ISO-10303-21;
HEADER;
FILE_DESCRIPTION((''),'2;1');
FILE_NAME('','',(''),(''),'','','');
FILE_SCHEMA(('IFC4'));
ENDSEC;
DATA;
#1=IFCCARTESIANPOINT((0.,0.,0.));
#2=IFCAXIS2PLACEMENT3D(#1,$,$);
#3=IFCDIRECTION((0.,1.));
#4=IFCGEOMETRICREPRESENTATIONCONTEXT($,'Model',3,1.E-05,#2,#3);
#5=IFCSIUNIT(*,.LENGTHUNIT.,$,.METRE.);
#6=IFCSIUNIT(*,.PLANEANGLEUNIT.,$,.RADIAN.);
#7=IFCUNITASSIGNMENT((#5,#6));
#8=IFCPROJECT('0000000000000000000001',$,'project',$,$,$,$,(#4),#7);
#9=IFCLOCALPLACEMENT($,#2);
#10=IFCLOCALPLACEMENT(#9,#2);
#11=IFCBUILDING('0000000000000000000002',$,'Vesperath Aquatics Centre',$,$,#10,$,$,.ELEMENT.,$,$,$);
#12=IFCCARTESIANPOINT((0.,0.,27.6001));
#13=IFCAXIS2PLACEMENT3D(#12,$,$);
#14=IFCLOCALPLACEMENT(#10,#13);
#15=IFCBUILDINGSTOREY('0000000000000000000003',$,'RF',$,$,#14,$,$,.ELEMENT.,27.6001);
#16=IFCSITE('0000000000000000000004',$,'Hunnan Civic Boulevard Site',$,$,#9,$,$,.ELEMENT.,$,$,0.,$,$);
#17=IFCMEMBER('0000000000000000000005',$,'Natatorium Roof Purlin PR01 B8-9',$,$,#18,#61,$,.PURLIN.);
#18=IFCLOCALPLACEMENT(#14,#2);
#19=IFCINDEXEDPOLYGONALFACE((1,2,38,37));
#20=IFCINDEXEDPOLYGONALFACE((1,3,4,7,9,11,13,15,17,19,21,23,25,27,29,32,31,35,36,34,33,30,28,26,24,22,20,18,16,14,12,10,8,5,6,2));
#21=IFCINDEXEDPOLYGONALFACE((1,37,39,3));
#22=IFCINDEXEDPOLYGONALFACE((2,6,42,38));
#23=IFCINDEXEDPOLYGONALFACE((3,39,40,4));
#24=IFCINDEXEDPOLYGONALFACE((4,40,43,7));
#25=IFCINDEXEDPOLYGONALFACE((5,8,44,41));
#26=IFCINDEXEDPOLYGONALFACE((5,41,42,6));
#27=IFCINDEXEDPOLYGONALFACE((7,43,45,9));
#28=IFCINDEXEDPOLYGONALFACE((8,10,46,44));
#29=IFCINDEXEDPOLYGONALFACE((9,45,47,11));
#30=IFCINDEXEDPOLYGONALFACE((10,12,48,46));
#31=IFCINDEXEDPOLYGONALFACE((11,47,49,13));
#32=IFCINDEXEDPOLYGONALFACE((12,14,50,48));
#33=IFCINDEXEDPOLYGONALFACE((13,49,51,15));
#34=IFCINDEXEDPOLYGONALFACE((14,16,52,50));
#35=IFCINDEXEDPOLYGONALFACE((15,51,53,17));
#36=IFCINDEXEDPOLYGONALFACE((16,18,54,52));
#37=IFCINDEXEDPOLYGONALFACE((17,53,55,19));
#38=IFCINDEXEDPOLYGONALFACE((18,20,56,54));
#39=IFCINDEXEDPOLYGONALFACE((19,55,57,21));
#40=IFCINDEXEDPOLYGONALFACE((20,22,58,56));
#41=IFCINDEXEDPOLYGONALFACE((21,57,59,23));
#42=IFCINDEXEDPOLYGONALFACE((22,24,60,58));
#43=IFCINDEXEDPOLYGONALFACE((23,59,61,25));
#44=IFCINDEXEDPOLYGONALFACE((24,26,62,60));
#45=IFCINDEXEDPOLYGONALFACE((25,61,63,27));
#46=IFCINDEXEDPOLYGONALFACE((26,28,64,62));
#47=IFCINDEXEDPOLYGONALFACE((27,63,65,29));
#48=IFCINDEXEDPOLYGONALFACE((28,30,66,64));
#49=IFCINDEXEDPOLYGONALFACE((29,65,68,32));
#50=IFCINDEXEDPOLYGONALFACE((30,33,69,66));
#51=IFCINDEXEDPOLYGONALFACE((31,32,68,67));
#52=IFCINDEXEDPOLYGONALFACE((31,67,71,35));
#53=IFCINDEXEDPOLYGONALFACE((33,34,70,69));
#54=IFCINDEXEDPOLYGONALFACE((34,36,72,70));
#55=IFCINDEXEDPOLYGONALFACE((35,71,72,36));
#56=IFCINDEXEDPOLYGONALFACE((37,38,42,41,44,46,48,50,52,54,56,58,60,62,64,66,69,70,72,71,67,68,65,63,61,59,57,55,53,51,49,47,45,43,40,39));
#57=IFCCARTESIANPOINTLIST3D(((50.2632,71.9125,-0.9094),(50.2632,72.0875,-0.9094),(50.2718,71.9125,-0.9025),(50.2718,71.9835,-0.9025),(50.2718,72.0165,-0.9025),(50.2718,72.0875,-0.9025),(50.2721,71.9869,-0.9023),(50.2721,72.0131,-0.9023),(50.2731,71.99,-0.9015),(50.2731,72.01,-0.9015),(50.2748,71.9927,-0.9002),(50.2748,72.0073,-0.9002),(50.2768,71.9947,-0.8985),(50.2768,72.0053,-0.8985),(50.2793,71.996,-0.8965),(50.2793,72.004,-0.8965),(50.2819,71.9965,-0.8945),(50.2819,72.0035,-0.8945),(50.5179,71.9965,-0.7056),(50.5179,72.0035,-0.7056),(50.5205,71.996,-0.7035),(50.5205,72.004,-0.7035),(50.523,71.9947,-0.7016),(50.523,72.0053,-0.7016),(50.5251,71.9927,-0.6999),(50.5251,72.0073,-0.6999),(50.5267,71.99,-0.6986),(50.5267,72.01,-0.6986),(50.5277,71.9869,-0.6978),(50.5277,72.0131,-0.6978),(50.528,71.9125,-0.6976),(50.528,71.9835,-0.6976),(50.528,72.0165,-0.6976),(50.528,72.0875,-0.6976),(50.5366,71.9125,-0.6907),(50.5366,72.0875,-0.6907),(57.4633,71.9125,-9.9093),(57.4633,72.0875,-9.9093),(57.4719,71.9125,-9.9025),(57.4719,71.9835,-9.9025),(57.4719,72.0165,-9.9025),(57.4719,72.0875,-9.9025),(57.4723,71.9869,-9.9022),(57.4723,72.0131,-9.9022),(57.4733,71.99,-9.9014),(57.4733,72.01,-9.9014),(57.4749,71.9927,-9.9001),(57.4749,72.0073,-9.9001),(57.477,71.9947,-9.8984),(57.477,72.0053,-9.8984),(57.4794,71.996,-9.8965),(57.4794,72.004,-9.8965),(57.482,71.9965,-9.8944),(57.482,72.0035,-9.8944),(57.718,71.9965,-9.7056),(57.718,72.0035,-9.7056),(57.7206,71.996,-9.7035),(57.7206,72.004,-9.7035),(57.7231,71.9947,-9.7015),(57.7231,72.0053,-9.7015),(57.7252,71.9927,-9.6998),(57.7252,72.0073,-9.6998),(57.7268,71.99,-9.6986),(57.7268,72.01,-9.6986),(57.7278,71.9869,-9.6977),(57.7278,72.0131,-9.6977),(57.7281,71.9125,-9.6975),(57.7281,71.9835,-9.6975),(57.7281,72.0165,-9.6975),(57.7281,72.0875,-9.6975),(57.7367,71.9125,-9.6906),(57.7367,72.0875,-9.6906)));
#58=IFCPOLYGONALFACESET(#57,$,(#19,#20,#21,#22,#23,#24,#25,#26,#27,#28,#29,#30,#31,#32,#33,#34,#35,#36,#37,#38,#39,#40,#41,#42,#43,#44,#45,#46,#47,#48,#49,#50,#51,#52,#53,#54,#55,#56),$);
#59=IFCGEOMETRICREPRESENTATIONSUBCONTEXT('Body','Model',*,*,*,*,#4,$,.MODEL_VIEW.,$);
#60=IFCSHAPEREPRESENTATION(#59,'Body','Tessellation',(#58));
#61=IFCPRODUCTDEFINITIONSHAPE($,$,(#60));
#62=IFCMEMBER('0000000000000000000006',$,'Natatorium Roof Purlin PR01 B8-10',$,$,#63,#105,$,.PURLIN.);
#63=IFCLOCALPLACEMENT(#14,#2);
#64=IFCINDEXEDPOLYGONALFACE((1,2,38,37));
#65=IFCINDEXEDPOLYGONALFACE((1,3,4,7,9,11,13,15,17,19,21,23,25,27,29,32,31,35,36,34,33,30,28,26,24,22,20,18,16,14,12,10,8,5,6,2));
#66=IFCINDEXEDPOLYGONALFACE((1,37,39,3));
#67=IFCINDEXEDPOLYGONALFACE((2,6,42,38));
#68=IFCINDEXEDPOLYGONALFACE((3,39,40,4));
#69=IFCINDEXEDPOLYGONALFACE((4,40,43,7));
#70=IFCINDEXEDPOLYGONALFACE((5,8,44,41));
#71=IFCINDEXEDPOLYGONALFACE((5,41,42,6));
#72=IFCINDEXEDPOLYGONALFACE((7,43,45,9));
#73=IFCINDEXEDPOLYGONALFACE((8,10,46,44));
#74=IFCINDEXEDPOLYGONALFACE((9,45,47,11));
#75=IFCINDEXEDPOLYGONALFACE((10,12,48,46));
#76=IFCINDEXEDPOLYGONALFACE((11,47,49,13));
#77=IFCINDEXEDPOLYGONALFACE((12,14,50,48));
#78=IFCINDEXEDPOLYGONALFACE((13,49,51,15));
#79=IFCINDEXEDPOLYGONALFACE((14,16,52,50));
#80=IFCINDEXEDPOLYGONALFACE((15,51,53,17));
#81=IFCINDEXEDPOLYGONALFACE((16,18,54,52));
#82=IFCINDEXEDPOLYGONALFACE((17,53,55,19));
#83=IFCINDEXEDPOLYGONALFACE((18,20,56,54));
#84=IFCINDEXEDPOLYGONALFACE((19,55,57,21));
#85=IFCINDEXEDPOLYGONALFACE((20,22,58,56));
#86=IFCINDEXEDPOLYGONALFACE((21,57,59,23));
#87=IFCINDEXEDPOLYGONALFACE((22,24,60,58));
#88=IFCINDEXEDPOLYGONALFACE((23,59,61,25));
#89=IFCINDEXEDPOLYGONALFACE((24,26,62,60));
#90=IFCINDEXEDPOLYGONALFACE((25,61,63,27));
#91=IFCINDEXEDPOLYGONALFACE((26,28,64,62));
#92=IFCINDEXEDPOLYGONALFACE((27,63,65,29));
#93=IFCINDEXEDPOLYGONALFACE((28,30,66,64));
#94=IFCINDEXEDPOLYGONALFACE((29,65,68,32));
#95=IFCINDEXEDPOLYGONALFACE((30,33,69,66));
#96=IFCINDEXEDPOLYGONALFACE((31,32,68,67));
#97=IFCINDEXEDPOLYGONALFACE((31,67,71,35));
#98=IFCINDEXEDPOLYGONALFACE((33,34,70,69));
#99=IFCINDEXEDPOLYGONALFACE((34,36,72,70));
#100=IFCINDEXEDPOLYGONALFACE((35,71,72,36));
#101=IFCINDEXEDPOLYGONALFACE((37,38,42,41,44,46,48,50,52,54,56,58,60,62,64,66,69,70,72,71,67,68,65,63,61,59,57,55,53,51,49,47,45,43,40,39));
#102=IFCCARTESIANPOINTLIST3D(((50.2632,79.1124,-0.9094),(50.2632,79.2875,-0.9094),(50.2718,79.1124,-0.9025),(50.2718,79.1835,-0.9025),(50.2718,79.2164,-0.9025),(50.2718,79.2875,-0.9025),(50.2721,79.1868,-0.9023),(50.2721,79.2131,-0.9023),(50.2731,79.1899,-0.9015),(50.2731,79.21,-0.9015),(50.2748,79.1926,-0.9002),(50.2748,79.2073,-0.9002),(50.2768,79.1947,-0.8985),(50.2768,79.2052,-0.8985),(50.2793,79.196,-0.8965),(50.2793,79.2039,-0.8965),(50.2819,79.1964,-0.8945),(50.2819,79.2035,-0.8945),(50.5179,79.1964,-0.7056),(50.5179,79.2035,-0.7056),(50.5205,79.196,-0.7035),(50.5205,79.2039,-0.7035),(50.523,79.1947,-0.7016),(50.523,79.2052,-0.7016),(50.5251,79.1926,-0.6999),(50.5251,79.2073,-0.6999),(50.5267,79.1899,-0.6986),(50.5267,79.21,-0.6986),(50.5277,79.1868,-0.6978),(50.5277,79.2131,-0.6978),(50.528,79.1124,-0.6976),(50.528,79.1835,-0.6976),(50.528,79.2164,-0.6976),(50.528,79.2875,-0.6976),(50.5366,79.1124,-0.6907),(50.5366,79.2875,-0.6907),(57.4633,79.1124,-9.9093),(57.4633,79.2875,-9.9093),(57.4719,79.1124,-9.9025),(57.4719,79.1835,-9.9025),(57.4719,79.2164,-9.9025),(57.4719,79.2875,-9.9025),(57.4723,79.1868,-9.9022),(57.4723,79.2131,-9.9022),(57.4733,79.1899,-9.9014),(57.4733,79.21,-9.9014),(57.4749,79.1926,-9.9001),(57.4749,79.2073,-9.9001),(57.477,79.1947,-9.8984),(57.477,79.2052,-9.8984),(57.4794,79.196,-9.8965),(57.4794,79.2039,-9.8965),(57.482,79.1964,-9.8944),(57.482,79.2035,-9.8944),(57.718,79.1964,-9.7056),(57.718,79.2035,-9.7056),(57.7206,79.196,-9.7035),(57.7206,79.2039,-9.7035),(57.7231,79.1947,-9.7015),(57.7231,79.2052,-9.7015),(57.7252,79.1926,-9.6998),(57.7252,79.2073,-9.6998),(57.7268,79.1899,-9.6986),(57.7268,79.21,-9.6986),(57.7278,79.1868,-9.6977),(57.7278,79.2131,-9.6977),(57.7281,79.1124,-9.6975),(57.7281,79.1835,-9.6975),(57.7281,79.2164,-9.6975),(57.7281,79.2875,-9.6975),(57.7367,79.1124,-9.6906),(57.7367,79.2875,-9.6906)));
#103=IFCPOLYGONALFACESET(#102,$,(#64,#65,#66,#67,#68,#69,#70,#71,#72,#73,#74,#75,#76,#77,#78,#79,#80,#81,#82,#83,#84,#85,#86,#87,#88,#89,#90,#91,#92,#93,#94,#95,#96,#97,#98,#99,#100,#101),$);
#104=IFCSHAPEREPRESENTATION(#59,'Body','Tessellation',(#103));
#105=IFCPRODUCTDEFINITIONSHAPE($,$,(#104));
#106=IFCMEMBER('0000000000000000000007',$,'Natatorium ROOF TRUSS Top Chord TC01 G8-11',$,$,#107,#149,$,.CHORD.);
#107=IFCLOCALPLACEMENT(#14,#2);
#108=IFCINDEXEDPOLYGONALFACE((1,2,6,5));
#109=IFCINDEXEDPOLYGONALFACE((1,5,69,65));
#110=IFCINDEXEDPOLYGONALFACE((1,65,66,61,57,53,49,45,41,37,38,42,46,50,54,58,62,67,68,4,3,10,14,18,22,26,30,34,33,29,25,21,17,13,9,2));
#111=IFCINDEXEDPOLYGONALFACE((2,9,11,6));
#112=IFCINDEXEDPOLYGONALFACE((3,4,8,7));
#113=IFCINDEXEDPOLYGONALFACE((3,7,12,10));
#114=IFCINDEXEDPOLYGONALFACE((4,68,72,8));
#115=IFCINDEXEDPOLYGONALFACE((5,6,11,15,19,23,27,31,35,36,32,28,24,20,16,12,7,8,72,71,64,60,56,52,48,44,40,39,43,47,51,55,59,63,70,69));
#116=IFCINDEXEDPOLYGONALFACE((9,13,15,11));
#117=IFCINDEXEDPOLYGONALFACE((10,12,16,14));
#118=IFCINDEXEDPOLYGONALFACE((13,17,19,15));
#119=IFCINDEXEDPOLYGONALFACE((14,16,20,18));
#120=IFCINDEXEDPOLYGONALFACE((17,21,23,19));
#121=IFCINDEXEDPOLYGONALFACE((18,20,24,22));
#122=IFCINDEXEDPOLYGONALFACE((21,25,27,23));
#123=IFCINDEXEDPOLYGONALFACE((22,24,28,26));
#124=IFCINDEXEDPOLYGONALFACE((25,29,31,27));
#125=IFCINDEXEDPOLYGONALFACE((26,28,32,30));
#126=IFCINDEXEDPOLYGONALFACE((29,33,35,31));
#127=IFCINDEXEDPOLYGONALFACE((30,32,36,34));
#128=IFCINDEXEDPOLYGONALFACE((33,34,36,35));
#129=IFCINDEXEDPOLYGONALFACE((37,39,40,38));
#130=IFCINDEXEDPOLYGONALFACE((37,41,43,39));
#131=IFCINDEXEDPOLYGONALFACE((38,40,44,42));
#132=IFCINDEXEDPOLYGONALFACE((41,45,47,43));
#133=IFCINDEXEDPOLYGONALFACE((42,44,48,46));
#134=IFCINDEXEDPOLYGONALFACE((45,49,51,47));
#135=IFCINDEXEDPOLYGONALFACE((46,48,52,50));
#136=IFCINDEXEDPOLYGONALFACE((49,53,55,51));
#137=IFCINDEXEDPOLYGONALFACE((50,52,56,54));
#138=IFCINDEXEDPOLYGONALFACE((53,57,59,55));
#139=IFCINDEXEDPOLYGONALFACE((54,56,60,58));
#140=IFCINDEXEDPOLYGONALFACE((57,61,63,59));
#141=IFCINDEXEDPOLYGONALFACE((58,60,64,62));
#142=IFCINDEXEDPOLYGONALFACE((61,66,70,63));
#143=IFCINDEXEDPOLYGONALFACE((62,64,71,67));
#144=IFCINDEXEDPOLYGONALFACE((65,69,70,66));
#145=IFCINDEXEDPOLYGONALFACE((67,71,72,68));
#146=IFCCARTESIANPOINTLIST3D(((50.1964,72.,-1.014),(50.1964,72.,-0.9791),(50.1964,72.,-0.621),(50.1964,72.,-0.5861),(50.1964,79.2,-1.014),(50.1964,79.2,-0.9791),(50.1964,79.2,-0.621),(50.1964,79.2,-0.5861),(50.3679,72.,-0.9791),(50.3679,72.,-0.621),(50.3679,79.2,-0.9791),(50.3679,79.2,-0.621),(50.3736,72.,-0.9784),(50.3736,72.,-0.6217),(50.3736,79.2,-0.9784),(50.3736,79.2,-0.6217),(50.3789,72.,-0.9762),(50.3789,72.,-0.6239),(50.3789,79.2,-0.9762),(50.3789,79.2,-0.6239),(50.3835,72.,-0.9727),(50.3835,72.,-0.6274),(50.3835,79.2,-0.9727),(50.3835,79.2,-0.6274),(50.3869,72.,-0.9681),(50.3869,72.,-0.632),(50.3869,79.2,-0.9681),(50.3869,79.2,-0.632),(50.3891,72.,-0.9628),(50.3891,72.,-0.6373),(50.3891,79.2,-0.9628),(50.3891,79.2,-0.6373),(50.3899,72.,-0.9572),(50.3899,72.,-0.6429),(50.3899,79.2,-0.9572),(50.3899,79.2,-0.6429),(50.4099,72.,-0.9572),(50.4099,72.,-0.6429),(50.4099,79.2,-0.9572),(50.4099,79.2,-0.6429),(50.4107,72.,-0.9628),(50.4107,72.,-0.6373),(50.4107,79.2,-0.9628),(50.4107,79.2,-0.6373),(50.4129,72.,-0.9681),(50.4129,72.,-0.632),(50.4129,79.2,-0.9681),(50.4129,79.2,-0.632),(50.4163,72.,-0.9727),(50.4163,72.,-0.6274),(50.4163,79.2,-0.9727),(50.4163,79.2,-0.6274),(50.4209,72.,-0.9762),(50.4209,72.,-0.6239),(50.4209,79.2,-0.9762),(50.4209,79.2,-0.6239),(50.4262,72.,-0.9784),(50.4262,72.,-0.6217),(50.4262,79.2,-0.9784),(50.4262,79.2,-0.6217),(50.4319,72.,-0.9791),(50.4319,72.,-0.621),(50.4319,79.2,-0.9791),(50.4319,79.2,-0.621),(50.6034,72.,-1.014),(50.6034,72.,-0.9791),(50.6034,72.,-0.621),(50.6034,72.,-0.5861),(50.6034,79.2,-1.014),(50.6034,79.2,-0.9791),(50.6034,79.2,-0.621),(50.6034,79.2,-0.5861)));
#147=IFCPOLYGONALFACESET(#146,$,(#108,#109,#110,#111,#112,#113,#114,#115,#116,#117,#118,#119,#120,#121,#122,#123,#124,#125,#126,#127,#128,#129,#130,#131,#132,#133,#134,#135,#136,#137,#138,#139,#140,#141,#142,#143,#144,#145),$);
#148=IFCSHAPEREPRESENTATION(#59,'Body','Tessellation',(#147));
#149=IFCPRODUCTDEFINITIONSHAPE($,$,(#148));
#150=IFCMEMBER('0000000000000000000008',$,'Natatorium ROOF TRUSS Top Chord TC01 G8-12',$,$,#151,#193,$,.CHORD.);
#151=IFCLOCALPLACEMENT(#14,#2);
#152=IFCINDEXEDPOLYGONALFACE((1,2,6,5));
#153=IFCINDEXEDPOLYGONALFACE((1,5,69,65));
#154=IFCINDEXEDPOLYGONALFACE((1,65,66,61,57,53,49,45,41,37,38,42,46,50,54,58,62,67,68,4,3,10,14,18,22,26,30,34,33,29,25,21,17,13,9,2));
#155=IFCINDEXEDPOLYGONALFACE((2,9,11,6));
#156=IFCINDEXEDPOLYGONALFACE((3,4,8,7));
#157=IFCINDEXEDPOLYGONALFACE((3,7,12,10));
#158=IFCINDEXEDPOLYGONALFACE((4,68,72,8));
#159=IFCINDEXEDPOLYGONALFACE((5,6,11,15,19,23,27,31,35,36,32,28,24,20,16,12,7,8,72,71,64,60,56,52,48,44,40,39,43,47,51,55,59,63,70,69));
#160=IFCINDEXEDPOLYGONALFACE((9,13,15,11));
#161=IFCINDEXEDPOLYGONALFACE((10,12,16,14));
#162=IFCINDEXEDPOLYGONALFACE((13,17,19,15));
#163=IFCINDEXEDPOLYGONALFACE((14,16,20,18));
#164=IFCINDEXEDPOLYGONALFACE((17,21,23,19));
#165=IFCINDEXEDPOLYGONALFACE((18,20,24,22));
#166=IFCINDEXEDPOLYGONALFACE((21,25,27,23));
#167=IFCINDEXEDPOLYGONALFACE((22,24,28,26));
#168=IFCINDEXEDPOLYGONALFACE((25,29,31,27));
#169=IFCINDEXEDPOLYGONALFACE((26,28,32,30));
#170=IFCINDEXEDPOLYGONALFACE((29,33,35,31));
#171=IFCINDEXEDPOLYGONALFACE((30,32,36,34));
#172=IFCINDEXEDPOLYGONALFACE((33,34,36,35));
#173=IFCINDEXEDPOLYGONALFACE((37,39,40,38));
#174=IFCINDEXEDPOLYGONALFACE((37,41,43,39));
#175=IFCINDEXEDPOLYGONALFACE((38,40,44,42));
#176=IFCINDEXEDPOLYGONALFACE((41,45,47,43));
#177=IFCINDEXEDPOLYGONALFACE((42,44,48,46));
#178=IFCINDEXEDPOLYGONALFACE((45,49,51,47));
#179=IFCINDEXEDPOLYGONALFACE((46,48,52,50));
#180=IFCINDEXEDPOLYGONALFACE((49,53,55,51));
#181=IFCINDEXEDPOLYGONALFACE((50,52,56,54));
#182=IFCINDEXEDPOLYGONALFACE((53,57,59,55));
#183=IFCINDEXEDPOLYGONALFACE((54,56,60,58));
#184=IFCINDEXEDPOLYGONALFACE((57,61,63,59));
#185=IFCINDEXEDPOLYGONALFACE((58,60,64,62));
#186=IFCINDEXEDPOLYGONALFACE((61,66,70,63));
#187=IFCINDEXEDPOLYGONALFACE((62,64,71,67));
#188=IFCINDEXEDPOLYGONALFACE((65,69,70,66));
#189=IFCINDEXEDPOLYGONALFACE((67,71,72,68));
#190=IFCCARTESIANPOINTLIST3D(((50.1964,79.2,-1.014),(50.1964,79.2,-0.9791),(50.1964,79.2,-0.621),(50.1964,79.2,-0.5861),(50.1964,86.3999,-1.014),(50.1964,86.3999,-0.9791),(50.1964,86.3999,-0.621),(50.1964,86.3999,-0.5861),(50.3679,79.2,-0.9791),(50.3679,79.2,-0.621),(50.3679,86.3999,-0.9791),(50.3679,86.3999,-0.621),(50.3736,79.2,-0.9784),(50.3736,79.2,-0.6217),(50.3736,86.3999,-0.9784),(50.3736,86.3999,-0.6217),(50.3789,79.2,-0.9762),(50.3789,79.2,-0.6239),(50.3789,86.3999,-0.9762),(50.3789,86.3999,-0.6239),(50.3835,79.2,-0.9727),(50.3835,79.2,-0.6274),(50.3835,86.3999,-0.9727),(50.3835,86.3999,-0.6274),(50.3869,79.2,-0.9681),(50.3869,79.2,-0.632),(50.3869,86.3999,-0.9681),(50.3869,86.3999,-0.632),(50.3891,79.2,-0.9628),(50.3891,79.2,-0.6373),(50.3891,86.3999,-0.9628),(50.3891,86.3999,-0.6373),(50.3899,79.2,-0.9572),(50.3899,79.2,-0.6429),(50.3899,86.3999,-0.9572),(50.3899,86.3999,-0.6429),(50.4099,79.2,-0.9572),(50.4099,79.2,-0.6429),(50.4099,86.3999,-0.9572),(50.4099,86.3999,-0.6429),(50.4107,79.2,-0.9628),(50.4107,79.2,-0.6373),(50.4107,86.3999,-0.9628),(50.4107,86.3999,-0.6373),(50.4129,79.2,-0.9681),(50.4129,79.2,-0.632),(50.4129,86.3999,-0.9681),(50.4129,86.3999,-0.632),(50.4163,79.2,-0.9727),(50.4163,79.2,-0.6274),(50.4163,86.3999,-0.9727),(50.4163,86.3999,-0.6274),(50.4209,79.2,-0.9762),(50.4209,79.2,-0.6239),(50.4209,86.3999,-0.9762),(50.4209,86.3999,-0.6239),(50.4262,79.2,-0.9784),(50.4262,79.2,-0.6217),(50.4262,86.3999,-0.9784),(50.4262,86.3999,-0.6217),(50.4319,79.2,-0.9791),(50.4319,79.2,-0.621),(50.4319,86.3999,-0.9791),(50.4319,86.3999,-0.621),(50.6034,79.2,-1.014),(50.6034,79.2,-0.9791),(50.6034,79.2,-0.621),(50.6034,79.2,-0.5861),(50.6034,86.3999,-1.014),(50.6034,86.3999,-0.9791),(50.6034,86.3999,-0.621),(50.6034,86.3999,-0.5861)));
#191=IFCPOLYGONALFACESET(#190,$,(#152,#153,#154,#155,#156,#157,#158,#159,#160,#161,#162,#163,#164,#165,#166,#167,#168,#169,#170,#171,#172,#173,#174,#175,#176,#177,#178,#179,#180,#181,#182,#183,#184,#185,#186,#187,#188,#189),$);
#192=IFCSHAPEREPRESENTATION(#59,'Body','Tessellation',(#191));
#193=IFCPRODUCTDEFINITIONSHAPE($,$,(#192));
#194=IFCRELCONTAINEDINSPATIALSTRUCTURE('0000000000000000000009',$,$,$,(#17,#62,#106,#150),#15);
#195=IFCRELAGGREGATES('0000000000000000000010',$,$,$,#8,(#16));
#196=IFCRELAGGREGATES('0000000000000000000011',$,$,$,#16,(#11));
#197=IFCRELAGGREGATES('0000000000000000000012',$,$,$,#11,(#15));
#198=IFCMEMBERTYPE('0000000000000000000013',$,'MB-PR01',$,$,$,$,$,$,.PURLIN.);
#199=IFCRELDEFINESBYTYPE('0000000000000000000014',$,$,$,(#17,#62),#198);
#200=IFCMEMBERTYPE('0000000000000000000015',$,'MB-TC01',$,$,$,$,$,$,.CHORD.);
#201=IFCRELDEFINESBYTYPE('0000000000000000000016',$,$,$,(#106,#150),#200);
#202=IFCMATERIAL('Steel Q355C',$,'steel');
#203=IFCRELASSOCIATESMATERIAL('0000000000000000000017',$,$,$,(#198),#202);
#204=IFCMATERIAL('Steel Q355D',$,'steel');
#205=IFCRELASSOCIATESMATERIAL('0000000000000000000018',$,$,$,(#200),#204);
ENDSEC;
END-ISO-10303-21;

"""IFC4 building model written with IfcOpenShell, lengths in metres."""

from ifc_helpers import new_model, si_unit, direction, frame, origin, origin_2d, place, context, subcontext, project, spatial, i_section, extrude, material, material_profile, profile_set, type_object, element, save


model = new_model("IFC4")

# Units and contexts
model_context = context("Model", 3, precision=1e-05, world=origin(), true_north=direction((0.0, 1.0)))
body_context = subcontext(model_context, "Body", "Model", "MODEL_VIEW")
ifc_project = project(units=[si_unit("LENGTHUNIT", "METRE"), si_unit("PLANEANGLEUNIT", "RADIAN")], contexts=[model_context])

# Site, building, storey
site_placement = place(None, origin())
site = spatial("IfcSite", under=ifc_project, at=site_placement, Name="Hunnan Civic Boulevard Site", CompositionType="ELEMENT", RefElevation=0.0)
building_placement = place(site_placement, origin())
building = spatial("IfcBuilding", under=site, at=building_placement, Name="Vesperath Aquatics Centre", CompositionType="ELEMENT")
storey_placement = place(building_placement, frame((0.0, 0.0, 27.6001)))
storey = spatial("IfcBuildingStorey", under=building, at=storey_placement, Name="RF", CompositionType="ELEMENT", Elevation=27.6001)

# Members
ifc_material_1 = material(Name="Steel Q355D", Category="steel")
ifc_material_2 = material(Name="Steel Q355C", Category="steel")
ifc_material_profile_1 = material_profile(ifc_material_2, i_section(OverallWidth=0.175, OverallDepth=0.3501, WebThickness=0.0071, FlangeThickness=0.011, FilletRadius=0.0129, at=origin_2d()), Name="HN 350x175x7x11")
ifc_profile_set_1 = profile_set([ifc_material_profile_1], Name="Steel Q355C")
member_type_1 = type_object("IfcMemberType", Name="MB-PR01", PredefinedType="PURLIN", material=ifc_profile_set_1)
for number, where, z_axis, x_axis, name in (
    (1, (50.3999, 72.0, -0.8), (0.624705, 0.0, -0.780861), (0.0, 1.0, 0.0), "Natatorium Roof Purlin PR01 B8-9"),
    (2, (50.3999, 79.2, -0.8), (0.624705, 0.0, -0.780861), (0.0, 1.0, 0.0), "Natatorium Roof Purlin PR01 B8-10"),
):
    element("IfcMember", number, at=place(storey_placement, frame(where, z_axis=z_axis, x_axis=x_axis)), inside=storey, type_object=member_type_1, Name=name, PredefinedType="PURLIN", context=body_context, shape_type="SweptSolid", body=[
        extrude(i_section(OverallWidth=0.175, OverallDepth=0.3501, WebThickness=0.0071, FlangeThickness=0.011, FilletRadius=0.0129, at=origin_2d()), origin(), (0.0, 0.0, 1.0), 11.5256),
    ])
ifc_material_profile_2 = material_profile(ifc_material_1, i_section(OverallWidth=0.407, OverallDepth=0.428, WebThickness=0.02, FlangeThickness=0.0349, FilletRadius=0.022, at=origin_2d()), Name="HW 428x407x20x35")
ifc_profile_set_2 = profile_set([ifc_material_profile_2], Name="Steel Q355D")
member_type_2 = type_object("IfcMemberType", Name="MB-TC01", PredefinedType="CHORD", material=ifc_profile_set_2)
for number, where, z_axis, x_axis, name in (
    (3, (50.3999, 72.0, -0.8), (0.0, 1.0, 0.0), (-1.0, 0.0, 0.0), "Natatorium ROOF TRUSS Top Chord TC01 G8-11"),
    (4, (50.3999, 79.2, -0.8), (0.0, 1.0, 0.0), (-1.0, 0.0, 0.0), "Natatorium ROOF TRUSS Top Chord TC01 G8-12"),
):
    element("IfcMember", number, at=place(storey_placement, frame(where, z_axis=z_axis, x_axis=x_axis)), inside=storey, type_object=member_type_2, Name=name, PredefinedType="CHORD", context=body_context, shape_type="SweptSolid", body=[
        extrude(i_section(OverallWidth=0.407, OverallDepth=0.428, WebThickness=0.02, FlangeThickness=0.0349, FilletRadius=0.022, at=origin_2d()), origin(), (0.0, 0.0, 1.0), 7.2),
    ])

save(model, "model.ifc")
